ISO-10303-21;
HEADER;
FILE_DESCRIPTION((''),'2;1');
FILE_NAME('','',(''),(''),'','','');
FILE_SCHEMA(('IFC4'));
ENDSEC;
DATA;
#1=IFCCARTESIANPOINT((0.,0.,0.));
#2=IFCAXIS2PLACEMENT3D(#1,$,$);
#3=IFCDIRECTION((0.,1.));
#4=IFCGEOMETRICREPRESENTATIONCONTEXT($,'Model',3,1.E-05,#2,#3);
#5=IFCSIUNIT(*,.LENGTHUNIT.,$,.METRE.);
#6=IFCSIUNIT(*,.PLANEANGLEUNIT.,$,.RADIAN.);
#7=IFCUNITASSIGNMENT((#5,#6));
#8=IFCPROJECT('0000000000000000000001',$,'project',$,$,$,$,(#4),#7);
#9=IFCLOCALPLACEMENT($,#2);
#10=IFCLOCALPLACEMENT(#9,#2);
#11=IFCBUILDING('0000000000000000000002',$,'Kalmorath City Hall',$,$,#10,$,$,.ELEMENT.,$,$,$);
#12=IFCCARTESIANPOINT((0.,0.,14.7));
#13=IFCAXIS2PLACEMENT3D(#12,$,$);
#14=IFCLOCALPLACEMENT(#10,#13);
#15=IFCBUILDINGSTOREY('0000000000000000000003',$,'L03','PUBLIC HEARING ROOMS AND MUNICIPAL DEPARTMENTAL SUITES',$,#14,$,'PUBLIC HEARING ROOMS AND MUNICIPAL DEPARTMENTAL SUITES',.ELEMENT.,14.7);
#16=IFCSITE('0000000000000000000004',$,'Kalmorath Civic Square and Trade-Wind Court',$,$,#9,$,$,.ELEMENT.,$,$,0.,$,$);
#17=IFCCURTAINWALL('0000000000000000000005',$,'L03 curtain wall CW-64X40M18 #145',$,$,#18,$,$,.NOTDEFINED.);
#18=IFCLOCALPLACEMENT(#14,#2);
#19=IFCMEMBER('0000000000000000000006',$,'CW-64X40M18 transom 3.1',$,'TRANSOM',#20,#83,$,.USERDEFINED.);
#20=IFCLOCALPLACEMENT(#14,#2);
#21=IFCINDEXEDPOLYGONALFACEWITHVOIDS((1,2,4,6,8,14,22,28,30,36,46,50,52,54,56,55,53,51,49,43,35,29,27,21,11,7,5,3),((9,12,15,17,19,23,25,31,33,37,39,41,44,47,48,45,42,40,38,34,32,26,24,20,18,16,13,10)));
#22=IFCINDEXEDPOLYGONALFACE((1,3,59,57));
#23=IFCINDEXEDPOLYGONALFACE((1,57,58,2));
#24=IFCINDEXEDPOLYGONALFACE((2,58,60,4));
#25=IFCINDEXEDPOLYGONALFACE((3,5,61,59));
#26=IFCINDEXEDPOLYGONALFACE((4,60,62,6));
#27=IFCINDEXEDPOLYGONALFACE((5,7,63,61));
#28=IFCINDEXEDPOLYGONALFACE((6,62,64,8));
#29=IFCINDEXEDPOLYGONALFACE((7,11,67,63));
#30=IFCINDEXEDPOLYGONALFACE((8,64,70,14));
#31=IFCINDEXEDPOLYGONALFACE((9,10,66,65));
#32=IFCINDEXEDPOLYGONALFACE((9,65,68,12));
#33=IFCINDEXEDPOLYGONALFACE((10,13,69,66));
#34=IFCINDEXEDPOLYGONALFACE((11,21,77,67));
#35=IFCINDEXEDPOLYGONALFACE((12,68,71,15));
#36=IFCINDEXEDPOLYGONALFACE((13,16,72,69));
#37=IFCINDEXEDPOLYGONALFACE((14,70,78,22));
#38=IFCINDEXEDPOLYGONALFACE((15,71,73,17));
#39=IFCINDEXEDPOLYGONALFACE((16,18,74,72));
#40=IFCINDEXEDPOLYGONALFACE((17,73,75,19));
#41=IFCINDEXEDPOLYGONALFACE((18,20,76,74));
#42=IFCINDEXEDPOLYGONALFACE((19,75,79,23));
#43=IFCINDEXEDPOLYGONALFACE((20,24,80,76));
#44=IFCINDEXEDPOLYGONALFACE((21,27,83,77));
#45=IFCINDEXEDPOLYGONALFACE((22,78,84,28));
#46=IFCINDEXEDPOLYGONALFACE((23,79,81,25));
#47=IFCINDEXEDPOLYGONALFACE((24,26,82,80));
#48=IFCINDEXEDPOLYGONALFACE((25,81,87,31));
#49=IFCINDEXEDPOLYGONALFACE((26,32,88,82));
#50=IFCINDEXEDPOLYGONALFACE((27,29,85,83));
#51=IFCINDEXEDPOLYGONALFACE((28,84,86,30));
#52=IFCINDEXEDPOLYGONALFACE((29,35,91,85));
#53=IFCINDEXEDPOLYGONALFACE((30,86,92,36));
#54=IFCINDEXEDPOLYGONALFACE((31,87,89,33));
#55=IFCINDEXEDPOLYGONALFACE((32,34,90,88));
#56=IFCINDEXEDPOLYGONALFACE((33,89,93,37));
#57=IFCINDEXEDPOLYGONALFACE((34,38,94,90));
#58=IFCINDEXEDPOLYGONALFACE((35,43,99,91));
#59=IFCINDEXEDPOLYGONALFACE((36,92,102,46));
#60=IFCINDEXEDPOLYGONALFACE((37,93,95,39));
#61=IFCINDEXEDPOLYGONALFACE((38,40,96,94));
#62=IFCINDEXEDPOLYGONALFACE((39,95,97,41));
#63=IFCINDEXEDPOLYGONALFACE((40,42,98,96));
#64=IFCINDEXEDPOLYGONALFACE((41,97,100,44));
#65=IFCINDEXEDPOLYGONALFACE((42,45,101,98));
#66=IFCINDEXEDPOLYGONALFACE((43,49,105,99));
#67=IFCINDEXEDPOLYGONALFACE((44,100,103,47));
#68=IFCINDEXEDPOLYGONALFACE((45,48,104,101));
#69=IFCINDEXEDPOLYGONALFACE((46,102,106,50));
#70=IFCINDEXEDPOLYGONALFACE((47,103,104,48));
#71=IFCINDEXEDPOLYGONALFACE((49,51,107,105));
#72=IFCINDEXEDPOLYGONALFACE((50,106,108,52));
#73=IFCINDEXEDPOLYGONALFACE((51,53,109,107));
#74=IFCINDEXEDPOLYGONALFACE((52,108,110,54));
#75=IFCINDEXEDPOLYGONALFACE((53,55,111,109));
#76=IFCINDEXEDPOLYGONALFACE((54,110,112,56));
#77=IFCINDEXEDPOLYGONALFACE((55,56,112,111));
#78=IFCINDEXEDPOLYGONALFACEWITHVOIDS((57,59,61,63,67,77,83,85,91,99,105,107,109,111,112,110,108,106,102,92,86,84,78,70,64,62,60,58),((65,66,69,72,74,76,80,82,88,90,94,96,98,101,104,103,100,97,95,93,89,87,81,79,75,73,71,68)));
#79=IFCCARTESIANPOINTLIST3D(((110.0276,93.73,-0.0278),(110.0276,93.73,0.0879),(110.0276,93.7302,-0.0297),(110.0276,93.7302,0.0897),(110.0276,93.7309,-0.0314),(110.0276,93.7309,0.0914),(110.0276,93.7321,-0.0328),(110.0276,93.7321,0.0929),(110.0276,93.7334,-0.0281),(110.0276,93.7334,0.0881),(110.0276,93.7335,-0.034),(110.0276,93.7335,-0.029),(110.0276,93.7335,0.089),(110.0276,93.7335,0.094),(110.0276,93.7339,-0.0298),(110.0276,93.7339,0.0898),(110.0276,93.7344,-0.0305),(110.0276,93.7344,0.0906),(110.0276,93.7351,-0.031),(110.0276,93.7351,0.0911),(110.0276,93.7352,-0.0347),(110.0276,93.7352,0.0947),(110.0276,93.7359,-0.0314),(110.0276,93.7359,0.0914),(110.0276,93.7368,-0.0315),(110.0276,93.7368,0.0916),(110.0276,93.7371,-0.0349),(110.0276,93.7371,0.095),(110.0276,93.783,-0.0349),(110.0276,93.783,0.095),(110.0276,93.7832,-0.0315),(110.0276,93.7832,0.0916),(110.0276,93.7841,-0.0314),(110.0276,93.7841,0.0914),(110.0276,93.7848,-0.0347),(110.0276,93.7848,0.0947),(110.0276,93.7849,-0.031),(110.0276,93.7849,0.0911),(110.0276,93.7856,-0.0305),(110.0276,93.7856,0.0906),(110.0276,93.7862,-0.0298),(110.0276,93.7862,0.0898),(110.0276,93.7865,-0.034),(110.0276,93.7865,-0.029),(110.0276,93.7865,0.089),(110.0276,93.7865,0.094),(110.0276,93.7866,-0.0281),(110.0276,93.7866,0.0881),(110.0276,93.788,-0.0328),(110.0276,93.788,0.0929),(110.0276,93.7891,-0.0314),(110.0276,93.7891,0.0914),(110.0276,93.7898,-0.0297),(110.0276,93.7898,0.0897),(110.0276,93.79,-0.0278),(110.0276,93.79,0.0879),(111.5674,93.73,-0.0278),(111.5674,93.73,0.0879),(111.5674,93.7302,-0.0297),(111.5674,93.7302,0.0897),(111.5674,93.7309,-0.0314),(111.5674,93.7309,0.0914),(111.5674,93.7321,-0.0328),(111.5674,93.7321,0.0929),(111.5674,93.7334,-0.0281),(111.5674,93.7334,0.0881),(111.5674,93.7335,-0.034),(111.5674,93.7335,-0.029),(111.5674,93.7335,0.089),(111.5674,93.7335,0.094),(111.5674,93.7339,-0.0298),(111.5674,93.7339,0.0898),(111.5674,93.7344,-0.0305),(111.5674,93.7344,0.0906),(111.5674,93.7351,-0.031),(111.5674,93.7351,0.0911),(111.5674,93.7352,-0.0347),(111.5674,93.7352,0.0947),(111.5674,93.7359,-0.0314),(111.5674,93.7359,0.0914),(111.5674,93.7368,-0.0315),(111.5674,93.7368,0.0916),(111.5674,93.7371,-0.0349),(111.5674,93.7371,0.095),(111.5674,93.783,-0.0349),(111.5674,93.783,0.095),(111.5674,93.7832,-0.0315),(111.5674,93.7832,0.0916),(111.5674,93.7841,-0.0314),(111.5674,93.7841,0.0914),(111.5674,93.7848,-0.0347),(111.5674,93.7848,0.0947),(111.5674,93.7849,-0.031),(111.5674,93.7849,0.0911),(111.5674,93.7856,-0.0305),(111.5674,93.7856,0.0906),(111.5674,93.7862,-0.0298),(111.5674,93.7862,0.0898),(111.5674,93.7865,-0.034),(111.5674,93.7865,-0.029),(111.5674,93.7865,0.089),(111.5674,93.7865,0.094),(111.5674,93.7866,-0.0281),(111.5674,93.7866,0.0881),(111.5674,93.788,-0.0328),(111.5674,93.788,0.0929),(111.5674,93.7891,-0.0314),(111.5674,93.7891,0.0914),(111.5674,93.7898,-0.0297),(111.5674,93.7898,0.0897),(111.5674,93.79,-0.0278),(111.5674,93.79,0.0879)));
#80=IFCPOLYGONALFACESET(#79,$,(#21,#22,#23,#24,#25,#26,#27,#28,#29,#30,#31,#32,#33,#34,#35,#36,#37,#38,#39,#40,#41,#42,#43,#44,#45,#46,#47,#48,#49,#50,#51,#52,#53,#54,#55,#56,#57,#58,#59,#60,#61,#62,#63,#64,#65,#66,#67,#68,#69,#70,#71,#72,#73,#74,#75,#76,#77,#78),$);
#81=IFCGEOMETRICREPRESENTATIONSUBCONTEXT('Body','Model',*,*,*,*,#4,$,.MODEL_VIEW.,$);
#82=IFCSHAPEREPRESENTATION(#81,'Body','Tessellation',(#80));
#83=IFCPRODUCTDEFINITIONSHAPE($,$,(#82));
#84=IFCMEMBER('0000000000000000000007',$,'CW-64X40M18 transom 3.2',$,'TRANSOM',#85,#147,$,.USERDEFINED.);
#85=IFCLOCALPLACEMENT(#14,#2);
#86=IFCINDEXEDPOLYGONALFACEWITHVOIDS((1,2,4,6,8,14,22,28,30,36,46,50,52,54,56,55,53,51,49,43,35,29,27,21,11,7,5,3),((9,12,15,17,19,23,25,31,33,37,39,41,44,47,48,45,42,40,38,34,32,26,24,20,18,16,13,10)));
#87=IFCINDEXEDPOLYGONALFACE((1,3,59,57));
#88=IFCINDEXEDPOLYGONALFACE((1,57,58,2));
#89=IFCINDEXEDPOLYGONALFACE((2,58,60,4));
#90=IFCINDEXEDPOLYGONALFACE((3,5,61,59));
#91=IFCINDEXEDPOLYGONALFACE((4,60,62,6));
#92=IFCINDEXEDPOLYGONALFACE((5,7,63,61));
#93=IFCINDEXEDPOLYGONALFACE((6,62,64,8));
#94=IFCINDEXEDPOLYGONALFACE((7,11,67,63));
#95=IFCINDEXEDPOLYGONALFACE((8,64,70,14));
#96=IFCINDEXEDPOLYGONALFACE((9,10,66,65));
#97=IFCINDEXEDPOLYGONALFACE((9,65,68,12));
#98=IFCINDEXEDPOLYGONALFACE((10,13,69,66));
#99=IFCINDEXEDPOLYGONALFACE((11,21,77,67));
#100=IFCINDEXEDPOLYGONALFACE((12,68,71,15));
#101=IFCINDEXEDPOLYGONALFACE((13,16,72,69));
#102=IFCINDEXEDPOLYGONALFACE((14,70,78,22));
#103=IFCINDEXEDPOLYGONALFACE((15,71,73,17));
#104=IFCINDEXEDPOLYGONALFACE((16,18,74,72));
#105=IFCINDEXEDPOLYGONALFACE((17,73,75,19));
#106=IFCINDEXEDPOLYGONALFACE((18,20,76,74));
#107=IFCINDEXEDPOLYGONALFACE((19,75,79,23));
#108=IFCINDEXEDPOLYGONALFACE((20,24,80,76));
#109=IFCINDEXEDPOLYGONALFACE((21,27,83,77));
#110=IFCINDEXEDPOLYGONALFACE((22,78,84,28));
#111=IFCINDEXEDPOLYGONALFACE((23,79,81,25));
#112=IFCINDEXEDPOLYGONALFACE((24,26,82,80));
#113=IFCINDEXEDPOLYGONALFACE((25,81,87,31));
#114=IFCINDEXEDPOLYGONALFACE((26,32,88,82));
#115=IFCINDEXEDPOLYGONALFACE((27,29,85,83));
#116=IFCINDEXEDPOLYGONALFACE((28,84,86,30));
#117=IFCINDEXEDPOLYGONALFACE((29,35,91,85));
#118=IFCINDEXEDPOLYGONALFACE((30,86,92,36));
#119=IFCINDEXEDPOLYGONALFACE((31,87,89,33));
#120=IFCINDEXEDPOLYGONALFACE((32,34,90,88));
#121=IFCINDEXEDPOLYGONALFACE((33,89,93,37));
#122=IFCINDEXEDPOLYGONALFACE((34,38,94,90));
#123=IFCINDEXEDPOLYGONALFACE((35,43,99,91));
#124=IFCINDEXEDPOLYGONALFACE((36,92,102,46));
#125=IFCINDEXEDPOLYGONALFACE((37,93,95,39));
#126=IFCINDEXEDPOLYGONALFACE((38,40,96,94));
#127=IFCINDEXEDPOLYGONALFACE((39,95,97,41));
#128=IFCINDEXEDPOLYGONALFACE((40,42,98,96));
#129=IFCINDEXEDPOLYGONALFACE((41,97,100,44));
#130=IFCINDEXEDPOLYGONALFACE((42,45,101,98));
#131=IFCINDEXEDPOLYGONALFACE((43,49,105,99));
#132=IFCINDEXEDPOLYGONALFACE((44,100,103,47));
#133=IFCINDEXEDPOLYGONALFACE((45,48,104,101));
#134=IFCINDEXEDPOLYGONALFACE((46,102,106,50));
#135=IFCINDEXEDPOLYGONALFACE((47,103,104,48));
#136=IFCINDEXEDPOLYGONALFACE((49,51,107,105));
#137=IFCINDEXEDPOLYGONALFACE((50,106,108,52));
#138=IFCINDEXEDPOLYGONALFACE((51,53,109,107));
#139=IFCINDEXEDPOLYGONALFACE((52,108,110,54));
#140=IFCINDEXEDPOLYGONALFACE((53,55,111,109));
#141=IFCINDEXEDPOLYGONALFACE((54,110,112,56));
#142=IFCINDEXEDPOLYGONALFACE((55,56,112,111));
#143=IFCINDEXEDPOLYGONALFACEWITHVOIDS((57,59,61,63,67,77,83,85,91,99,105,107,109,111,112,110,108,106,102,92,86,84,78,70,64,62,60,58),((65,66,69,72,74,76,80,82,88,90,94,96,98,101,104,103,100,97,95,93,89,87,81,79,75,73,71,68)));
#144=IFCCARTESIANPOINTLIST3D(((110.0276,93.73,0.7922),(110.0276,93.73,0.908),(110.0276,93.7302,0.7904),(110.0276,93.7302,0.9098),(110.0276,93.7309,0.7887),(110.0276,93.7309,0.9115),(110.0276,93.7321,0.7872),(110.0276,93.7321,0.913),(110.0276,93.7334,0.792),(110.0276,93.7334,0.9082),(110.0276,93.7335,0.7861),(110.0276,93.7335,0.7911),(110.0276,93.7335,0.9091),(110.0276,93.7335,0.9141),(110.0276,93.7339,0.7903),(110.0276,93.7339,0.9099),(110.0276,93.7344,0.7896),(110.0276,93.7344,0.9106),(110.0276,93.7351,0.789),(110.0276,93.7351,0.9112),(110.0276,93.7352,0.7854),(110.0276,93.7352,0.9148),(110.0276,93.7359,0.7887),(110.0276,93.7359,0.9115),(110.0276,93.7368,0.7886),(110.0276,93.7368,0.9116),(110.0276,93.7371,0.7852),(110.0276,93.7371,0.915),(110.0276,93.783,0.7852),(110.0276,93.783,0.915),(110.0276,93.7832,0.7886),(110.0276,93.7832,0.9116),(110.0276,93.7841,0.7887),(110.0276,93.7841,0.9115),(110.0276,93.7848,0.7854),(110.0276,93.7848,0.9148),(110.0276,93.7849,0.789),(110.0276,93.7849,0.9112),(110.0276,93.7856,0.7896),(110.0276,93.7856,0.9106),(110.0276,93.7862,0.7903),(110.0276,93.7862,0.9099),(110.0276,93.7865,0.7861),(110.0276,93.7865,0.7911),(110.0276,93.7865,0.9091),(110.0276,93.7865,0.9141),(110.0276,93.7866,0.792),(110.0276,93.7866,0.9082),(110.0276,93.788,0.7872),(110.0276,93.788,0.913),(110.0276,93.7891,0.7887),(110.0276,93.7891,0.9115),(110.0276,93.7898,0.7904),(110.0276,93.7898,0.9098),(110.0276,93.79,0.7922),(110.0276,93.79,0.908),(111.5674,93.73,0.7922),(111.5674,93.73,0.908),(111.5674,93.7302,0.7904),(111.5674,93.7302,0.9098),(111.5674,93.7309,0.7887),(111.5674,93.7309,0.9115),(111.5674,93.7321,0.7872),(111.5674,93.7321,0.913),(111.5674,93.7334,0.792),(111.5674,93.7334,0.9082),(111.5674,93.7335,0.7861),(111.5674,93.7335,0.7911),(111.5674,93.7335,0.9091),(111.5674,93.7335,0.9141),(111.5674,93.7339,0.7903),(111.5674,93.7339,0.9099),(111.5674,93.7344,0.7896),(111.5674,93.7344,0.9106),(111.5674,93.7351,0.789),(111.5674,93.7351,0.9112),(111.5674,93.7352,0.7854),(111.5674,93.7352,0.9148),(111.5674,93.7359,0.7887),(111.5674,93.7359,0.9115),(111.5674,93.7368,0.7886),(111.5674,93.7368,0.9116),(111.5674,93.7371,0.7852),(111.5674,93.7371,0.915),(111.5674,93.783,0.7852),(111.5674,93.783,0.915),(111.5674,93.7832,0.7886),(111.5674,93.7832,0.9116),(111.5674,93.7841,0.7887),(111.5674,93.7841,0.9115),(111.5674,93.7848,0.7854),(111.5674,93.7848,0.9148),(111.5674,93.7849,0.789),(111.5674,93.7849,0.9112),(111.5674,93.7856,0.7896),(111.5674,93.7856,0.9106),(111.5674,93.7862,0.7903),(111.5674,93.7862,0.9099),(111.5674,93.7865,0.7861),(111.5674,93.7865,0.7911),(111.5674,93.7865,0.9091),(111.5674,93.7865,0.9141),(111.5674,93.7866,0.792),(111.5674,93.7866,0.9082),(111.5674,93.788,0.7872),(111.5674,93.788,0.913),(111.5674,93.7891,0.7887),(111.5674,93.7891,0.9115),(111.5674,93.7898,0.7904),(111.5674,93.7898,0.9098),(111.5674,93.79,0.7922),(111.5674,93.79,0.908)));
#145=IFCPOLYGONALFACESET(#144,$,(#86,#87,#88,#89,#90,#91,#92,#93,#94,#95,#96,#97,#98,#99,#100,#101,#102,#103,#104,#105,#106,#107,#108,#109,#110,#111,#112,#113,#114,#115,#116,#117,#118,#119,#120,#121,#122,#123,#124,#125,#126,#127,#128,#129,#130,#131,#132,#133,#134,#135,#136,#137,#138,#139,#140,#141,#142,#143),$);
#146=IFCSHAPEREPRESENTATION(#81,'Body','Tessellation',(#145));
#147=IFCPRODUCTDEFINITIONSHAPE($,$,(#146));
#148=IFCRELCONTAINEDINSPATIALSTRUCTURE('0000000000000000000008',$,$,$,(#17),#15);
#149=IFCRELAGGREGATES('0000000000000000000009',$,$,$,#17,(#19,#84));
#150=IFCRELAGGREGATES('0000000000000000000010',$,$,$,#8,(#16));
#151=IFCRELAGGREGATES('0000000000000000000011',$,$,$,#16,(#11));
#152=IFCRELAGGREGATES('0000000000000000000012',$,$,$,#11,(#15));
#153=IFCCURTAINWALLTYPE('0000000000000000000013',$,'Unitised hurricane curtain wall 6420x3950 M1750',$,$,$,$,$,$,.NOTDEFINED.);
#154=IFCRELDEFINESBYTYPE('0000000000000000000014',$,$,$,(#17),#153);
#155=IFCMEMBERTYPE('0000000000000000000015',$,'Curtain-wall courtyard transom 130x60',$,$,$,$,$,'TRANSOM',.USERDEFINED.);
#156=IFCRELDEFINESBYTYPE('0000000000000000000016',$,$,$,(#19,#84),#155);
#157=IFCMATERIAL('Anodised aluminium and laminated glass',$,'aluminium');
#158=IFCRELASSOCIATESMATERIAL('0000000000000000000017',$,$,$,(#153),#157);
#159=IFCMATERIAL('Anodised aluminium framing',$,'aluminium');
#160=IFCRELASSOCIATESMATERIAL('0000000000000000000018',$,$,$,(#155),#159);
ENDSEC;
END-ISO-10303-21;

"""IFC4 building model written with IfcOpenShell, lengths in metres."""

from ifc_helpers import new_model, si_unit, direction, frame, origin, origin_2d, place, context, subcontext, project, spatial, hollow_rectangle, extrude, material, material_profile, profile_set, type_object, element, aggregate, save


model = new_model("IFC4")

# Units and contexts
model_context = context("Model", 3, precision=1e-05, world=origin(), true_north=direction((0.0, 1.0)))
body_context = subcontext(model_context, "Body", "Model", "MODEL_VIEW")
ifc_project = project(units=[si_unit("LENGTHUNIT", "METRE"), si_unit("PLANEANGLEUNIT", "RADIAN")], contexts=[model_context])

# Site, building, storey
site_placement = place(None, origin())
site = spatial("IfcSite", under=ifc_project, at=site_placement, Name="Kalmorath Civic Square and Trade-Wind Court", CompositionType="ELEMENT", RefElevation=0.0)
building_placement = place(site_placement, origin())
building = spatial("IfcBuilding", under=site, at=building_placement, Name="Kalmorath City Hall", CompositionType="ELEMENT")
storey_placement = place(building_placement, frame((0.0, 0.0, 14.7)))
storey = spatial("IfcBuildingStorey", under=building, at=storey_placement, Name="L03", Description="PUBLIC HEARING ROOMS AND MUNICIPAL DEPARTMENTAL SUITES", LongName="PUBLIC HEARING ROOMS AND MUNICIPAL DEPARTMENTAL SUITES", CompositionType="ELEMENT", Elevation=14.7)

# Curtain wall, members
ifc_material_1 = material(Name="Anodised aluminium and laminated glass", Category="aluminium")
curtain_wall_type = type_object("IfcCurtainWallType", Name="Unitised hurricane curtain wall 6420x3950 M1750", PredefinedType="NOTDEFINED", material=ifc_material_1)
curtain_wall_placement = place(storey_placement, origin())
curtain_wall = element("IfcCurtainWall", 1, at=curtain_wall_placement, inside=storey, type_object=curtain_wall_type, Name="L03 curtain wall CW-64X40M18 #145", PredefinedType="NOTDEFINED")
ifc_material_2 = material(Name="Anodised aluminium framing", Category="aluminium")
ifc_material_profile_1 = material_profile(ifc_material_2, hollow_rectangle(XDim=0.0601, YDim=0.1299, WallThickness=0.0034, InnerFilletRadius=0.0034, OuterFilletRadius=0.0071, at=origin_2d()), Name="ALU-TRN-130X60X3.5")
ifc_profile_set_1 = profile_set([ifc_material_profile_1], Name="Anodised aluminium framing")
member_type_1 = type_object("IfcMemberType", Name="Curtain-wall courtyard transom 130x60", ElementType="TRANSOM", PredefinedType="USERDEFINED", material=ifc_profile_set_1)
member_1_placement = place(storey_placement, frame((111.5674, 93.76, 0.03), z_axis=(-1.0, 0.0, 0.0), x_axis=(0.0, -1.0, 0.0)))
member_1 = element("IfcMember", 2, at=member_1_placement, type_object=member_type_1, Name="CW-64X40M18 transom 3.1", ObjectType="TRANSOM", PredefinedType="USERDEFINED", context=body_context, shape_type="SweptSolid", body=[
    extrude(hollow_rectangle(XDim=0.0601, YDim=0.1299, WallThickness=0.0034, InnerFilletRadius=0.0034, OuterFilletRadius=0.0071, at=origin_2d()), origin(), (0.0, 0.0, 1.0), 1.5398),
])
member_2_placement = place(storey_placement, frame((111.5674, 93.76, 0.8501), z_axis=(-1.0, 0.0, 0.0), x_axis=(0.0, -1.0, 0.0)))
member_2 = element("IfcMember", 3, at=member_2_placement, type_object=member_type_1, Name="CW-64X40M18 transom 3.2", ObjectType="TRANSOM", PredefinedType="USERDEFINED", context=body_context, shape_type="SweptSolid", body=[
    extrude(hollow_rectangle(XDim=0.0601, YDim=0.1299, WallThickness=0.0034, InnerFilletRadius=0.0034, OuterFilletRadius=0.0071, at=origin_2d()), origin(), (0.0, 0.0, 1.0), 1.5398),
])
aggregate(curtain_wall, [member_1, member_2])

save(model, "model.ifc")
